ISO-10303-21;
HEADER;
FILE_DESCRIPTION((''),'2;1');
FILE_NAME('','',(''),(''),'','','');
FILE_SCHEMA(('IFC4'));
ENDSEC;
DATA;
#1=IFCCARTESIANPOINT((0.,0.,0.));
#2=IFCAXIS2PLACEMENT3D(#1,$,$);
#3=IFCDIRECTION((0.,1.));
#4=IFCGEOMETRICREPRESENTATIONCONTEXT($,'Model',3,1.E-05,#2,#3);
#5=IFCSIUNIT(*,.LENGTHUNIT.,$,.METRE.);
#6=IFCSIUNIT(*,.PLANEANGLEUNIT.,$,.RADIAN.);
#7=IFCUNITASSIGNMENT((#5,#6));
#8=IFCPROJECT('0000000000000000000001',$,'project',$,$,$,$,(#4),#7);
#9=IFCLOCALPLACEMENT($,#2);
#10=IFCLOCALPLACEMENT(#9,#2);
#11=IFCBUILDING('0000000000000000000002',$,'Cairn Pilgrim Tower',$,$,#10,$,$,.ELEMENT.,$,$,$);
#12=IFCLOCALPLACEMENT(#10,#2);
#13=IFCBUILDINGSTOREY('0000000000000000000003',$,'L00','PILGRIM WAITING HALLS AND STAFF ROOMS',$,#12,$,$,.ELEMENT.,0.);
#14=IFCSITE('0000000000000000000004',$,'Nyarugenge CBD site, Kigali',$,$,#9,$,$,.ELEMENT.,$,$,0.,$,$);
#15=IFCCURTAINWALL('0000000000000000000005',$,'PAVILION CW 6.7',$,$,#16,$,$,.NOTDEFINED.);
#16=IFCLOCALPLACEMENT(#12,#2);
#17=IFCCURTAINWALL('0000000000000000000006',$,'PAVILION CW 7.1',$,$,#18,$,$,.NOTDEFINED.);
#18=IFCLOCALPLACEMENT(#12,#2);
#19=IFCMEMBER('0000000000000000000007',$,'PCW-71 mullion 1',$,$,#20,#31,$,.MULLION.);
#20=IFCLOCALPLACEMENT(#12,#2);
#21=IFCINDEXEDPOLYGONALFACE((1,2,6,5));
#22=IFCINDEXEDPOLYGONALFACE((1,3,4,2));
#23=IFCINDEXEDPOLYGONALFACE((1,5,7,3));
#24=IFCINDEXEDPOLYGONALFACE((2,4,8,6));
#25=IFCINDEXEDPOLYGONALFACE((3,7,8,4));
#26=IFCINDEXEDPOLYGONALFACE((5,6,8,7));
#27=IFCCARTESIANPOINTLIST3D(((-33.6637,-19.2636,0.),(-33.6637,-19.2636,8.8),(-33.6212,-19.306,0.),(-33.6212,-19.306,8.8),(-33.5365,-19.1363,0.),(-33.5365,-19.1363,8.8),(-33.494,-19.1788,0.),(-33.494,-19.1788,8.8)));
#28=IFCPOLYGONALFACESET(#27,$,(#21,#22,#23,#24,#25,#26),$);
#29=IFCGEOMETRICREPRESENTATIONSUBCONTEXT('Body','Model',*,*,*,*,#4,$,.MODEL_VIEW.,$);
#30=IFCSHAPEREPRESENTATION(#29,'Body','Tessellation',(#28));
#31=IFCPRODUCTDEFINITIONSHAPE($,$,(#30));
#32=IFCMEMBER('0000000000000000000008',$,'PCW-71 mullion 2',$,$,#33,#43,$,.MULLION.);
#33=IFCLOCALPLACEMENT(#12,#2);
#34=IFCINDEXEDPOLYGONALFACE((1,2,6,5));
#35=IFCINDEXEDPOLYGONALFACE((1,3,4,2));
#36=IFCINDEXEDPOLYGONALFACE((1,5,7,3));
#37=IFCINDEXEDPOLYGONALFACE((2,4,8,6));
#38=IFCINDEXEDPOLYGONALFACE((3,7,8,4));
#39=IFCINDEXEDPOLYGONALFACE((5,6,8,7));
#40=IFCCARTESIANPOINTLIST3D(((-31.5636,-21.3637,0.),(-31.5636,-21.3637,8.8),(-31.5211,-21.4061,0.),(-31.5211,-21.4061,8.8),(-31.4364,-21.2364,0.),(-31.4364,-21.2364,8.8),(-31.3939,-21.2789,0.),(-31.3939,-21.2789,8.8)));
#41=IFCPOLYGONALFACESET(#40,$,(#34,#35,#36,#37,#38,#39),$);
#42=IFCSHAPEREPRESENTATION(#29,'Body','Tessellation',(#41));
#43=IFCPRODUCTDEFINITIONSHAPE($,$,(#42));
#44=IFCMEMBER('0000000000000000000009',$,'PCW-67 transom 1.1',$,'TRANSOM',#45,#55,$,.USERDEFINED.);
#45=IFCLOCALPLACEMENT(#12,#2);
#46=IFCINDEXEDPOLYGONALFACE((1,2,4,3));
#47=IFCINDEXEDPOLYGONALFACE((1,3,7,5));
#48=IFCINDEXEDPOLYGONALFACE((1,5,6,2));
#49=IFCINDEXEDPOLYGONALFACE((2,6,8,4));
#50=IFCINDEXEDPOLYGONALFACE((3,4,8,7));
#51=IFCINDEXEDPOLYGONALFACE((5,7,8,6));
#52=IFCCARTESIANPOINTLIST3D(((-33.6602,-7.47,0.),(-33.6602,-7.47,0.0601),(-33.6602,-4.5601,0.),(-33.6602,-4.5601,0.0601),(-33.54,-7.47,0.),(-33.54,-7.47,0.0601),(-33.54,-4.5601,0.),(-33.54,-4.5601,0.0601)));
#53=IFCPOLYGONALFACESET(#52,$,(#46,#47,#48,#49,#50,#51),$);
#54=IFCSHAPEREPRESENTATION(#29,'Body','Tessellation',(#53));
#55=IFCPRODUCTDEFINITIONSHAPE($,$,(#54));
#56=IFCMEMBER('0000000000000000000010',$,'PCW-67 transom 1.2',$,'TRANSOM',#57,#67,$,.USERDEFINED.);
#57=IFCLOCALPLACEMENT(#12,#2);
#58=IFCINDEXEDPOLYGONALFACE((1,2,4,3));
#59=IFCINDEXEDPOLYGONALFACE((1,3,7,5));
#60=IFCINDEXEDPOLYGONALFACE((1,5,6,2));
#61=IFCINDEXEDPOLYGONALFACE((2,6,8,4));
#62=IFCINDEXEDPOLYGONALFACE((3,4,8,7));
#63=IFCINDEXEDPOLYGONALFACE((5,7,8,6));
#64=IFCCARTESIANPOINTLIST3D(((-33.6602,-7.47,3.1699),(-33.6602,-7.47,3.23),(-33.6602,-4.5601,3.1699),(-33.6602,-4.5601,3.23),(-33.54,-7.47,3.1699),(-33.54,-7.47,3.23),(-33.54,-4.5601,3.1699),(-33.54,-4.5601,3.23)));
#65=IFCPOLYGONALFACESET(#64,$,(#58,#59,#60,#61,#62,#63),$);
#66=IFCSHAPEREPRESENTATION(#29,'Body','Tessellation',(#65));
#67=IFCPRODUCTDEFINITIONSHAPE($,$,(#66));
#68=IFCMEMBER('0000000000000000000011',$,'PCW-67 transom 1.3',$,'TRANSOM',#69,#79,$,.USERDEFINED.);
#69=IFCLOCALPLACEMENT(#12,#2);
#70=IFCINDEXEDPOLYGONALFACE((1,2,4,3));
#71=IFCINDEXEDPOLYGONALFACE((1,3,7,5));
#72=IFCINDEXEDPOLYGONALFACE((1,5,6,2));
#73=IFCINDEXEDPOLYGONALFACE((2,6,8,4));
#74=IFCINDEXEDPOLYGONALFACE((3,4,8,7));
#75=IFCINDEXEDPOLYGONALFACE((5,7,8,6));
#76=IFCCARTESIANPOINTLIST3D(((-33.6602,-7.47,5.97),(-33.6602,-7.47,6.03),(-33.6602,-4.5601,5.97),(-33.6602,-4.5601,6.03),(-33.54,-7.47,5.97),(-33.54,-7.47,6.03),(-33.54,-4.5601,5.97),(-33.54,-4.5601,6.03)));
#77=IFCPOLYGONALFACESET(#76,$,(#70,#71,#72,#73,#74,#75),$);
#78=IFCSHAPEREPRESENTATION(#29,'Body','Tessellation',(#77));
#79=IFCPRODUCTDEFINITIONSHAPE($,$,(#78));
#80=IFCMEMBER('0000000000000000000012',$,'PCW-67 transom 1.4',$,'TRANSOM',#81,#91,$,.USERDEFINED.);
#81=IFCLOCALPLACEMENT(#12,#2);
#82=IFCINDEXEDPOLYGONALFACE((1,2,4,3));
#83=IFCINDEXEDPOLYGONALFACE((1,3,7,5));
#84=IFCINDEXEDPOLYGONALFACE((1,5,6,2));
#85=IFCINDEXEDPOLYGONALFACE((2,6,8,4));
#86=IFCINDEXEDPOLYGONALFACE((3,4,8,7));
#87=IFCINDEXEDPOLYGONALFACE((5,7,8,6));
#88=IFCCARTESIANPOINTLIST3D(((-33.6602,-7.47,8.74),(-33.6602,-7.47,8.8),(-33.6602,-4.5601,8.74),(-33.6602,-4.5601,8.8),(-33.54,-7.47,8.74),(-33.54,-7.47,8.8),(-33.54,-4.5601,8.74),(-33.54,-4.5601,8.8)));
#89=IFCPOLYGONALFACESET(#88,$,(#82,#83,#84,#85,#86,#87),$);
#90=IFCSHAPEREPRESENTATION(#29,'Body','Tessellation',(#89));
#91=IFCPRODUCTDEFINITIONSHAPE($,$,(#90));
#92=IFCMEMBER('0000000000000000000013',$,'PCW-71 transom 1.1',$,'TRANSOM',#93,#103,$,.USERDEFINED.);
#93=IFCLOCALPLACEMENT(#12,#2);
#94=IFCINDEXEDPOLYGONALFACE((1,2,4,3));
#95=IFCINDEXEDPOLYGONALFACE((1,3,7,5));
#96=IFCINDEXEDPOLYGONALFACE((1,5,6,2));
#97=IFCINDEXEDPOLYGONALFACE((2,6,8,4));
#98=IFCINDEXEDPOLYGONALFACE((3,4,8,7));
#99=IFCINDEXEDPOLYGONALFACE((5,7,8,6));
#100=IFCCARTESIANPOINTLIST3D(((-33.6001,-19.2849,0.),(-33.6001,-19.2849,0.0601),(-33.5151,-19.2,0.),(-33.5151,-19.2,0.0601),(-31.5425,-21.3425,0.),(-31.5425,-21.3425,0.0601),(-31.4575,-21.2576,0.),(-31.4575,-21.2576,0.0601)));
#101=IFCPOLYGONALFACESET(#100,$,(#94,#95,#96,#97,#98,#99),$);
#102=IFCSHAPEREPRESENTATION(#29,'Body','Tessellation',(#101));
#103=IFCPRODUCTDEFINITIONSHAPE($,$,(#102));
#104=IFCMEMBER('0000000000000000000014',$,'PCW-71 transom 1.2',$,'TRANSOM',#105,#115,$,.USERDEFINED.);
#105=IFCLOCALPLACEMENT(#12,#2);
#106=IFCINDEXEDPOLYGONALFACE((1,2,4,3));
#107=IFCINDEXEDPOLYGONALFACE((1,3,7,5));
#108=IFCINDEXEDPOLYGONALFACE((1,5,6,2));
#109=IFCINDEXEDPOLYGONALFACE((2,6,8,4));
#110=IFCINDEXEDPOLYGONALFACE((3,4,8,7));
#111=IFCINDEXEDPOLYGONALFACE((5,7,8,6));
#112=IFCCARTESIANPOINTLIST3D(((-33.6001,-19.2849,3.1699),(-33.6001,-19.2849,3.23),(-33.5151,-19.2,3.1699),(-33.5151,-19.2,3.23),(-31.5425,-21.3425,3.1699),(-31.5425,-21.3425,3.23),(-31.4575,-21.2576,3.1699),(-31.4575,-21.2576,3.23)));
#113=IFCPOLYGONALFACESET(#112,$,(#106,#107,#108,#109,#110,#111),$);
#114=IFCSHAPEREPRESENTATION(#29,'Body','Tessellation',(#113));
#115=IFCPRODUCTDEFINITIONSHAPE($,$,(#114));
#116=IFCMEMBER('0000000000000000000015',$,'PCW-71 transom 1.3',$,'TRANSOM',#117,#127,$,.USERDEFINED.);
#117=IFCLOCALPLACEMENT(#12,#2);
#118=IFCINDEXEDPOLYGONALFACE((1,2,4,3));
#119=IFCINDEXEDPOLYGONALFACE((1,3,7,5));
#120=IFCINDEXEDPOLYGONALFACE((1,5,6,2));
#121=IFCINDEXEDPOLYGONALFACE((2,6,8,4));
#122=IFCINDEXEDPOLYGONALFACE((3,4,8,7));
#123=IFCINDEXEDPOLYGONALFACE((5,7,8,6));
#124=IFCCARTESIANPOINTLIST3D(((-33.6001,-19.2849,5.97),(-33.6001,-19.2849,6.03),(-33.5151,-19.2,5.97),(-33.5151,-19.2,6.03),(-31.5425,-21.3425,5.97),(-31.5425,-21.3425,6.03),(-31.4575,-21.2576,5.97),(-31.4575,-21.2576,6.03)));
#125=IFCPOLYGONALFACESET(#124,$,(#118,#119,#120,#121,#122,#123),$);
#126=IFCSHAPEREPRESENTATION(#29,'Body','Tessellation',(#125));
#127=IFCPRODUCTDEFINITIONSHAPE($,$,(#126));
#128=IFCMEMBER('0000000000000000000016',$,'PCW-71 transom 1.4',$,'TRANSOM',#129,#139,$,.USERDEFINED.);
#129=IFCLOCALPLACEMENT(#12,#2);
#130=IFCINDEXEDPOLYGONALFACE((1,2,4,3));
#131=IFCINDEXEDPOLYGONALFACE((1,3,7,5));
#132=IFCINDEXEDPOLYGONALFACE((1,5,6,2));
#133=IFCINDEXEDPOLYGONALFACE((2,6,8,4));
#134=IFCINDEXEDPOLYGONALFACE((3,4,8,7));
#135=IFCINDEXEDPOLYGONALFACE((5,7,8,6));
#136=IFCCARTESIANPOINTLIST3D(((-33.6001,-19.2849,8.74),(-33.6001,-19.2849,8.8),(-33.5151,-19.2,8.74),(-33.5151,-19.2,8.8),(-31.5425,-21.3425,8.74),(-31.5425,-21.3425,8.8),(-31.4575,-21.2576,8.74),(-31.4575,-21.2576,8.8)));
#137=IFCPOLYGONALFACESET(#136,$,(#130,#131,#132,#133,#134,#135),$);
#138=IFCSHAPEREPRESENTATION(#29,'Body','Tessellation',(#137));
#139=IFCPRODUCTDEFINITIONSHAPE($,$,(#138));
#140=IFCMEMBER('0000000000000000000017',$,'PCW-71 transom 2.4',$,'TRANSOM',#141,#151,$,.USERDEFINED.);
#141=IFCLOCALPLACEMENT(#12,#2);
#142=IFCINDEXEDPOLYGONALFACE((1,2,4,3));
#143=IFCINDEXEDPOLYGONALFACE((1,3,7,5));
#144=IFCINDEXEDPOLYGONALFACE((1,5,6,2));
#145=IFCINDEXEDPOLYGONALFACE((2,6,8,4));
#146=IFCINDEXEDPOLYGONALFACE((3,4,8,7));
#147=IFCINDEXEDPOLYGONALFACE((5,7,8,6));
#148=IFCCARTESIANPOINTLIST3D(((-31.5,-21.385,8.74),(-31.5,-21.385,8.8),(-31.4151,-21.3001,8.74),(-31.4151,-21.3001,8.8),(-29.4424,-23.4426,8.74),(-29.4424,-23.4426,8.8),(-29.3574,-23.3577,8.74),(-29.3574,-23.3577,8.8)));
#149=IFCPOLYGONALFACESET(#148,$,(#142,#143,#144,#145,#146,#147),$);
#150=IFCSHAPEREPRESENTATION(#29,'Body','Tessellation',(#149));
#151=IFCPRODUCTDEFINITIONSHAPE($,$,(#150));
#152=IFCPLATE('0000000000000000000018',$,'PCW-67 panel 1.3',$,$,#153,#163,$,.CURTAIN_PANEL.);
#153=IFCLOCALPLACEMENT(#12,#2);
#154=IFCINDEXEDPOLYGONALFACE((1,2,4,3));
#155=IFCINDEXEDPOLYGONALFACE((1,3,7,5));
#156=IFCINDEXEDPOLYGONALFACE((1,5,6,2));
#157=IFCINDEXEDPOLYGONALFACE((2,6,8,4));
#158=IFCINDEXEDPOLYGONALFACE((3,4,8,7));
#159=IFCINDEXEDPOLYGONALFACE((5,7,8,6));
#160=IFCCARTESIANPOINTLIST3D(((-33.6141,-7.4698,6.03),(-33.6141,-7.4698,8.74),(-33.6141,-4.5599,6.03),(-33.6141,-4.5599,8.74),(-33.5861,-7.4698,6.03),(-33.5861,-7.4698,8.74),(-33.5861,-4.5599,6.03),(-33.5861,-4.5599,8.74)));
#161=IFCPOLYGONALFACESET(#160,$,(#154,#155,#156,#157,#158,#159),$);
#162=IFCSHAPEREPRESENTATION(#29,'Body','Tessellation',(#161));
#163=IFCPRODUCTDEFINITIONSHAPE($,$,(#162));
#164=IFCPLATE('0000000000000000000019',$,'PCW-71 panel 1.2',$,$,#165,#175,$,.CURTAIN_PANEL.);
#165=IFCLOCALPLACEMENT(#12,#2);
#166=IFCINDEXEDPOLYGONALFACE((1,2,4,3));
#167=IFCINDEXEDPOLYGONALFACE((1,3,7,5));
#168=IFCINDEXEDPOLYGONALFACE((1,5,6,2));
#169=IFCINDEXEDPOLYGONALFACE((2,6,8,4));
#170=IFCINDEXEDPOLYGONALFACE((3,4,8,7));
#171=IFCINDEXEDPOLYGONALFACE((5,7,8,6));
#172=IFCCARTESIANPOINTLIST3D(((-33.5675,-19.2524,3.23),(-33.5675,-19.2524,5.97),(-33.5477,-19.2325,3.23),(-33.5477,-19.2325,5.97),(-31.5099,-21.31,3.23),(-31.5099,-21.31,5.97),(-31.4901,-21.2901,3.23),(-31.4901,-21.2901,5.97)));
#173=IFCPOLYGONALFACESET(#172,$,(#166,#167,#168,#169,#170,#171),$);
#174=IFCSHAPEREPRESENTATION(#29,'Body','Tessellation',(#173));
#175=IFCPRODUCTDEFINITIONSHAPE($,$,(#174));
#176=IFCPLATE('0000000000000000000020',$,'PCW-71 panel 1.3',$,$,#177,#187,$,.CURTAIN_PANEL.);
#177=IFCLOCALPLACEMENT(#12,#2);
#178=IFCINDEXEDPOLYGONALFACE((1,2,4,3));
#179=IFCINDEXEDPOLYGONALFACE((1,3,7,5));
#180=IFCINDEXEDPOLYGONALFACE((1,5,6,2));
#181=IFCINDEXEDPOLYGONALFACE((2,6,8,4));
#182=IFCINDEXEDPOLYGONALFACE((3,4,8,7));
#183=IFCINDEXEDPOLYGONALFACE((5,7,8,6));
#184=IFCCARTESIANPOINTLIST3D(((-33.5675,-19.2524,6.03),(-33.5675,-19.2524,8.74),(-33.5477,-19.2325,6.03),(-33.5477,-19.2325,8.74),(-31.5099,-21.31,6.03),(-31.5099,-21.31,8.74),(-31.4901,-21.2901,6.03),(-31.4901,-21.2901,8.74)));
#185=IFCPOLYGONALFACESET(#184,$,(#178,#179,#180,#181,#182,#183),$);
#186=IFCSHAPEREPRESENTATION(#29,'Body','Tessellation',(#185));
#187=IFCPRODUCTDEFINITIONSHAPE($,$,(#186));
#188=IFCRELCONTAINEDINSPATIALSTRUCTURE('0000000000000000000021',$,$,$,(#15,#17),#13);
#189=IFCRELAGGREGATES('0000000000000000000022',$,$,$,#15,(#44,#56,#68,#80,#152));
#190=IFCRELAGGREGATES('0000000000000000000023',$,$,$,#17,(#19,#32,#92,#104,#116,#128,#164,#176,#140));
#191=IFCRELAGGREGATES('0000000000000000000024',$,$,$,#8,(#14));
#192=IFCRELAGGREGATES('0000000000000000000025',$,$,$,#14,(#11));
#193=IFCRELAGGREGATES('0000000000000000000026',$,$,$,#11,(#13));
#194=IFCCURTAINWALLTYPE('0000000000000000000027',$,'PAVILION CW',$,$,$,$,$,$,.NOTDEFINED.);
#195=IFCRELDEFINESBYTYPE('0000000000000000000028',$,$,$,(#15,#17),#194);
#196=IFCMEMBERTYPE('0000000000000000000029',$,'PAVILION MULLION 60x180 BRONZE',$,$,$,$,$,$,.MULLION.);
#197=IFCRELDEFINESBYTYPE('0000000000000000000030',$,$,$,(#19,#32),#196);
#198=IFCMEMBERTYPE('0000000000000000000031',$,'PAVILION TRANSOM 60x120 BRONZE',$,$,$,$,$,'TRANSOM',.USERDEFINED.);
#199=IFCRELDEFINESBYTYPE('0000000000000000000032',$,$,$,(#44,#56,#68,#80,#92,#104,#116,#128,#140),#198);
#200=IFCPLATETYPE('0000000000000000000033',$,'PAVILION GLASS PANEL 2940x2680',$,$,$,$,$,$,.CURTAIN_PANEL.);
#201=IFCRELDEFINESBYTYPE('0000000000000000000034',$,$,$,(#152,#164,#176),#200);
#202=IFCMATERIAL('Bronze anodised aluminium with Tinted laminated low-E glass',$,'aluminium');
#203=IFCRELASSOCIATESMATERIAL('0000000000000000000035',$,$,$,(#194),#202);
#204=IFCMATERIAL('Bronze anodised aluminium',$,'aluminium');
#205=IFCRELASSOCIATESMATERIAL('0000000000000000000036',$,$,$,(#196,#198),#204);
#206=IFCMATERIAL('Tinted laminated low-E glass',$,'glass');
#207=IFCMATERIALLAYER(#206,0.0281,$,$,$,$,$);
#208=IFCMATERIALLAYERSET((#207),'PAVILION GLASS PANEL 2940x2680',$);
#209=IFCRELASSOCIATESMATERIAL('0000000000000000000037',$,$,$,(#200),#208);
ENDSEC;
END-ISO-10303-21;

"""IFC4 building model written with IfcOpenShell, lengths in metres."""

from ifc_helpers import new_model, si_unit, direction, frame, origin, origin_2d, place, context, subcontext, project, spatial, rectangle, extrude, material, layer, layer_set, material_profile, profile_set, type_object, element, aggregate, save


model = new_model("IFC4")

# Units and contexts
model_context = context("Model", 3, precision=1e-05, world=origin(), true_north=direction((0.0, 1.0)))
body_context = subcontext(model_context, "Body", "Model", "MODEL_VIEW")
ifc_project = project(units=[si_unit("LENGTHUNIT", "METRE"), si_unit("PLANEANGLEUNIT", "RADIAN")], contexts=[model_context])

# Site, building, storey
site_placement = place(None, origin())
site = spatial("IfcSite", under=ifc_project, at=site_placement, Name="Nyarugenge CBD site, Kigali", CompositionType="ELEMENT", RefElevation=0.0)
building_placement = place(site_placement, origin())
building = spatial("IfcBuilding", under=site, at=building_placement, Name="Cairn Pilgrim Tower", CompositionType="ELEMENT")
storey_placement = place(building_placement, origin())
storey = spatial("IfcBuildingStorey", under=building, at=storey_placement, Name="L00", Description="PILGRIM WAITING HALLS AND STAFF ROOMS", CompositionType="ELEMENT", Elevation=0.0)

# Curtain wall
ifc_material_1 = material(Name="Bronze anodised aluminium with Tinted laminated low-E glass", Category="aluminium")
curtain_wall_type = type_object("IfcCurtainWallType", Name="PAVILION CW", PredefinedType="NOTDEFINED", material=ifc_material_1)
ifc_material_2 = material(Name="Bronze anodised aluminium", Category="aluminium")
ifc_material_profile_1 = material_profile(ifc_material_2, rectangle(XDim=0.1799, YDim=0.0601, at=origin_2d()), Name="PAVILION MULLION 60x180 BRONZE")
ifc_profile_set_1 = profile_set([ifc_material_profile_1], Name="Bronze anodised aluminium")
member_type_1 = type_object("IfcMemberType", Name="PAVILION MULLION 60x180 BRONZE", PredefinedType="MULLION", material=ifc_profile_set_1)
curtain_wall_1_placement = place(storey_placement, origin())
curtain_wall_1 = element("IfcCurtainWall", 1, at=curtain_wall_1_placement, inside=storey, type_object=curtain_wall_type, Name="PAVILION CW 6.7", PredefinedType="NOTDEFINED")

# Curtain wall, members
curtain_wall_2_placement = place(storey_placement, origin())
curtain_wall_2 = element("IfcCurtainWall", 2, at=curtain_wall_2_placement, inside=storey, type_object=curtain_wall_type, Name="PAVILION CW 7.1", PredefinedType="NOTDEFINED")
member_1_placement = place(storey_placement, frame((-33.5789, -19.2212, 0.0), z_axis=(0.0, 0.0, 1.0), x_axis=(0.707107, 0.707107, 0.0)))
member_1 = element("IfcMember", 3, at=member_1_placement, type_object=member_type_1, Name="PCW-71 mullion 1", PredefinedType="MULLION", context=body_context, shape_type="SweptSolid", body=[
    extrude(rectangle(XDim=0.1799, YDim=0.0601, at=origin_2d()), origin(), (0.0, 0.0, 1.0), 8.8),
])
member_2_placement = place(storey_placement, frame((-31.4788, -21.3213, 0.0), z_axis=(0.0, 0.0, 1.0), x_axis=(0.707107, 0.707107, 0.0)))
member_2 = element("IfcMember", 4, at=member_2_placement, type_object=member_type_1, Name="PCW-71 mullion 2", PredefinedType="MULLION", context=body_context, shape_type="SweptSolid", body=[
    extrude(rectangle(XDim=0.1799, YDim=0.0601, at=origin_2d()), origin(), (0.0, 0.0, 1.0), 8.8),
])

# Members
ifc_material_profile_2 = material_profile(ifc_material_2, rectangle(XDim=0.1201, YDim=0.0601, at=origin_2d()), Name="PAVILION TRANSOM 60x120 BRONZE")
ifc_profile_set_2 = profile_set([ifc_material_profile_2], Name="Bronze anodised aluminium")
member_type_2 = type_object("IfcMemberType", Name="PAVILION TRANSOM 60x120 BRONZE", ElementType="TRANSOM", PredefinedType="USERDEFINED", material=ifc_profile_set_2)
member_3_placement = place(storey_placement, frame((-33.6001, -4.5601, 0.03), z_axis=(0.0, -1.0, 0.0), x_axis=(1.0, 0.0, 0.0)))
member_3 = element("IfcMember", 5, at=member_3_placement, type_object=member_type_2, Name="PCW-67 transom 1.1", ObjectType="TRANSOM", PredefinedType="USERDEFINED", context=body_context, shape_type="SweptSolid", body=[
    extrude(rectangle(XDim=0.1201, YDim=0.0601, at=origin_2d()), origin(), (0.0, 0.0, 1.0), 2.9099),
])
member_4_placement = place(storey_placement, frame((-33.6001, -4.5601, 3.2), z_axis=(0.0, -1.0, 0.0), x_axis=(1.0, 0.0, 0.0)))
member_4 = element("IfcMember", 6, at=member_4_placement, type_object=member_type_2, Name="PCW-67 transom 1.2", ObjectType="TRANSOM", PredefinedType="USERDEFINED", context=body_context, shape_type="SweptSolid", body=[
    extrude(rectangle(XDim=0.1201, YDim=0.0601, at=origin_2d()), origin(), (0.0, 0.0, 1.0), 2.9099),
])
member_5_placement = place(storey_placement, frame((-33.6001, -4.5601, 6.0), z_axis=(0.0, -1.0, 0.0), x_axis=(1.0, 0.0, 0.0)))
member_5 = element("IfcMember", 7, at=member_5_placement, type_object=member_type_2, Name="PCW-67 transom 1.3", ObjectType="TRANSOM", PredefinedType="USERDEFINED", context=body_context, shape_type="SweptSolid", body=[
    extrude(rectangle(XDim=0.1201, YDim=0.0601, at=origin_2d()), origin(), (0.0, 0.0, 1.0), 2.9099),
])
member_6_placement = place(storey_placement, frame((-33.6001, -4.5601, 8.77), z_axis=(0.0, -1.0, 0.0), x_axis=(1.0, 0.0, 0.0)))
member_6 = element("IfcMember", 8, at=member_6_placement, type_object=member_type_2, Name="PCW-67 transom 1.4", ObjectType="TRANSOM", PredefinedType="USERDEFINED", context=body_context, shape_type="SweptSolid", body=[
    extrude(rectangle(XDim=0.1201, YDim=0.0601, at=origin_2d()), origin(), (0.0, 0.0, 1.0), 2.9099),
])
member_7_placement = place(storey_placement, frame((-33.5576, -19.2424, 0.03), z_axis=(0.707107, -0.707107, 0.0), x_axis=(0.707107, 0.707107, 0.0)))
member_7 = element("IfcMember", 9, at=member_7_placement, type_object=member_type_2, Name="PCW-71 transom 1.1", ObjectType="TRANSOM", PredefinedType="USERDEFINED", context=body_context, shape_type="SweptSolid", body=[
    extrude(rectangle(XDim=0.1201, YDim=0.0601, at=origin_2d()), origin(), (0.0, 0.0, 1.0), 2.9099),
])
member_8_placement = place(storey_placement, frame((-33.5576, -19.2424, 3.2), z_axis=(0.707107, -0.707107, 0.0), x_axis=(0.707107, 0.707107, 0.0)))
member_8 = element("IfcMember", 10, at=member_8_placement, type_object=member_type_2, Name="PCW-71 transom 1.2", ObjectType="TRANSOM", PredefinedType="USERDEFINED", context=body_context, shape_type="SweptSolid", body=[
    extrude(rectangle(XDim=0.1201, YDim=0.0601, at=origin_2d()), origin(), (0.0, 0.0, 1.0), 2.9099),
])
member_9_placement = place(storey_placement, frame((-33.5576, -19.2424, 6.0), z_axis=(0.707107, -0.707107, 0.0), x_axis=(0.707107, 0.707107, 0.0)))
member_9 = element("IfcMember", 11, at=member_9_placement, type_object=member_type_2, Name="PCW-71 transom 1.3", ObjectType="TRANSOM", PredefinedType="USERDEFINED", context=body_context, shape_type="SweptSolid", body=[
    extrude(rectangle(XDim=0.1201, YDim=0.0601, at=origin_2d()), origin(), (0.0, 0.0, 1.0), 2.9099),
])
member_10_placement = place(storey_placement, frame((-33.5576, -19.2424, 8.77), z_axis=(0.707107, -0.707107, 0.0), x_axis=(0.707107, 0.707107, 0.0)))
member_10 = element("IfcMember", 12, at=member_10_placement, type_object=member_type_2, Name="PCW-71 transom 1.4", ObjectType="TRANSOM", PredefinedType="USERDEFINED", context=body_context, shape_type="SweptSolid", body=[
    extrude(rectangle(XDim=0.1201, YDim=0.0601, at=origin_2d()), origin(), (0.0, 0.0, 1.0), 2.9099),
])
member_11_placement = place(storey_placement, frame((-31.4575, -21.3425, 8.77), z_axis=(0.707107, -0.707107, 0.0), x_axis=(0.707107, 0.707107, 0.0)))
member_11 = element("IfcMember", 13, at=member_11_placement, type_object=member_type_2, Name="PCW-71 transom 2.4", ObjectType="TRANSOM", PredefinedType="USERDEFINED", context=body_context, shape_type="SweptSolid", body=[
    extrude(rectangle(XDim=0.1201, YDim=0.0601, at=origin_2d()), origin(), (0.0, 0.0, 1.0), 2.9099),
])

# Plates
ifc_material_3 = material(Name="Tinted laminated low-E glass", Category="glass")
ifc_layer_1 = layer(ifc_material_3, 0.0281)
ifc_layer_set_1 = layer_set([ifc_layer_1], Name="PAVILION GLASS PANEL 2940x2680")
plate_type_1 = type_object("IfcPlateType", Name="PAVILION GLASS PANEL 2940x2680", PredefinedType="CURTAIN_PANEL", material=ifc_layer_set_1)
plate_1_placement = place(storey_placement, frame((-33.6001, -6.0149, 6.03), z_axis=(0.0, 0.0, 1.0), x_axis=(0.0, -1.0, 0.0)))
plate_1 = element("IfcPlate", 14, at=plate_1_placement, type_object=plate_type_1, Name="PCW-67 panel 1.3", PredefinedType="CURTAIN_PANEL", context=body_context, shape_type="SweptSolid", body=[
    extrude(rectangle(XDim=2.9099, YDim=0.0281, at=origin_2d()), origin(), (0.0, 0.0, 1.0), 2.71),
])
aggregate(curtain_wall_1, [member_3, member_4, member_5, member_6, plate_1])
plate_2_placement = place(storey_placement, frame((-32.5288, -20.2712, 3.23), z_axis=(0.0, 0.0, 1.0), x_axis=(0.707107, -0.707107, 0.0)))
plate_2 = element("IfcPlate", 15, at=plate_2_placement, type_object=plate_type_1, Name="PCW-71 panel 1.2", PredefinedType="CURTAIN_PANEL", context=body_context, shape_type="SweptSolid", body=[
    extrude(rectangle(XDim=2.9099, YDim=0.0281, at=origin_2d()), origin(), (0.0, 0.0, 1.0), 2.74),
])
plate_3_placement = place(storey_placement, frame((-32.5288, -20.2712, 6.03), z_axis=(0.0, 0.0, 1.0), x_axis=(0.707107, -0.707107, 0.0)))
plate_3 = element("IfcPlate", 16, at=plate_3_placement, type_object=plate_type_1, Name="PCW-71 panel 1.3", PredefinedType="CURTAIN_PANEL", context=body_context, shape_type="SweptSolid", body=[
    extrude(rectangle(XDim=2.9099, YDim=0.0281, at=origin_2d()), origin(), (0.0, 0.0, 1.0), 2.71),
])
aggregate(curtain_wall_2, [member_1, member_2, member_7, member_8, member_9, member_10, plate_2, plate_3, member_11])

save(model, "model.ifc")
